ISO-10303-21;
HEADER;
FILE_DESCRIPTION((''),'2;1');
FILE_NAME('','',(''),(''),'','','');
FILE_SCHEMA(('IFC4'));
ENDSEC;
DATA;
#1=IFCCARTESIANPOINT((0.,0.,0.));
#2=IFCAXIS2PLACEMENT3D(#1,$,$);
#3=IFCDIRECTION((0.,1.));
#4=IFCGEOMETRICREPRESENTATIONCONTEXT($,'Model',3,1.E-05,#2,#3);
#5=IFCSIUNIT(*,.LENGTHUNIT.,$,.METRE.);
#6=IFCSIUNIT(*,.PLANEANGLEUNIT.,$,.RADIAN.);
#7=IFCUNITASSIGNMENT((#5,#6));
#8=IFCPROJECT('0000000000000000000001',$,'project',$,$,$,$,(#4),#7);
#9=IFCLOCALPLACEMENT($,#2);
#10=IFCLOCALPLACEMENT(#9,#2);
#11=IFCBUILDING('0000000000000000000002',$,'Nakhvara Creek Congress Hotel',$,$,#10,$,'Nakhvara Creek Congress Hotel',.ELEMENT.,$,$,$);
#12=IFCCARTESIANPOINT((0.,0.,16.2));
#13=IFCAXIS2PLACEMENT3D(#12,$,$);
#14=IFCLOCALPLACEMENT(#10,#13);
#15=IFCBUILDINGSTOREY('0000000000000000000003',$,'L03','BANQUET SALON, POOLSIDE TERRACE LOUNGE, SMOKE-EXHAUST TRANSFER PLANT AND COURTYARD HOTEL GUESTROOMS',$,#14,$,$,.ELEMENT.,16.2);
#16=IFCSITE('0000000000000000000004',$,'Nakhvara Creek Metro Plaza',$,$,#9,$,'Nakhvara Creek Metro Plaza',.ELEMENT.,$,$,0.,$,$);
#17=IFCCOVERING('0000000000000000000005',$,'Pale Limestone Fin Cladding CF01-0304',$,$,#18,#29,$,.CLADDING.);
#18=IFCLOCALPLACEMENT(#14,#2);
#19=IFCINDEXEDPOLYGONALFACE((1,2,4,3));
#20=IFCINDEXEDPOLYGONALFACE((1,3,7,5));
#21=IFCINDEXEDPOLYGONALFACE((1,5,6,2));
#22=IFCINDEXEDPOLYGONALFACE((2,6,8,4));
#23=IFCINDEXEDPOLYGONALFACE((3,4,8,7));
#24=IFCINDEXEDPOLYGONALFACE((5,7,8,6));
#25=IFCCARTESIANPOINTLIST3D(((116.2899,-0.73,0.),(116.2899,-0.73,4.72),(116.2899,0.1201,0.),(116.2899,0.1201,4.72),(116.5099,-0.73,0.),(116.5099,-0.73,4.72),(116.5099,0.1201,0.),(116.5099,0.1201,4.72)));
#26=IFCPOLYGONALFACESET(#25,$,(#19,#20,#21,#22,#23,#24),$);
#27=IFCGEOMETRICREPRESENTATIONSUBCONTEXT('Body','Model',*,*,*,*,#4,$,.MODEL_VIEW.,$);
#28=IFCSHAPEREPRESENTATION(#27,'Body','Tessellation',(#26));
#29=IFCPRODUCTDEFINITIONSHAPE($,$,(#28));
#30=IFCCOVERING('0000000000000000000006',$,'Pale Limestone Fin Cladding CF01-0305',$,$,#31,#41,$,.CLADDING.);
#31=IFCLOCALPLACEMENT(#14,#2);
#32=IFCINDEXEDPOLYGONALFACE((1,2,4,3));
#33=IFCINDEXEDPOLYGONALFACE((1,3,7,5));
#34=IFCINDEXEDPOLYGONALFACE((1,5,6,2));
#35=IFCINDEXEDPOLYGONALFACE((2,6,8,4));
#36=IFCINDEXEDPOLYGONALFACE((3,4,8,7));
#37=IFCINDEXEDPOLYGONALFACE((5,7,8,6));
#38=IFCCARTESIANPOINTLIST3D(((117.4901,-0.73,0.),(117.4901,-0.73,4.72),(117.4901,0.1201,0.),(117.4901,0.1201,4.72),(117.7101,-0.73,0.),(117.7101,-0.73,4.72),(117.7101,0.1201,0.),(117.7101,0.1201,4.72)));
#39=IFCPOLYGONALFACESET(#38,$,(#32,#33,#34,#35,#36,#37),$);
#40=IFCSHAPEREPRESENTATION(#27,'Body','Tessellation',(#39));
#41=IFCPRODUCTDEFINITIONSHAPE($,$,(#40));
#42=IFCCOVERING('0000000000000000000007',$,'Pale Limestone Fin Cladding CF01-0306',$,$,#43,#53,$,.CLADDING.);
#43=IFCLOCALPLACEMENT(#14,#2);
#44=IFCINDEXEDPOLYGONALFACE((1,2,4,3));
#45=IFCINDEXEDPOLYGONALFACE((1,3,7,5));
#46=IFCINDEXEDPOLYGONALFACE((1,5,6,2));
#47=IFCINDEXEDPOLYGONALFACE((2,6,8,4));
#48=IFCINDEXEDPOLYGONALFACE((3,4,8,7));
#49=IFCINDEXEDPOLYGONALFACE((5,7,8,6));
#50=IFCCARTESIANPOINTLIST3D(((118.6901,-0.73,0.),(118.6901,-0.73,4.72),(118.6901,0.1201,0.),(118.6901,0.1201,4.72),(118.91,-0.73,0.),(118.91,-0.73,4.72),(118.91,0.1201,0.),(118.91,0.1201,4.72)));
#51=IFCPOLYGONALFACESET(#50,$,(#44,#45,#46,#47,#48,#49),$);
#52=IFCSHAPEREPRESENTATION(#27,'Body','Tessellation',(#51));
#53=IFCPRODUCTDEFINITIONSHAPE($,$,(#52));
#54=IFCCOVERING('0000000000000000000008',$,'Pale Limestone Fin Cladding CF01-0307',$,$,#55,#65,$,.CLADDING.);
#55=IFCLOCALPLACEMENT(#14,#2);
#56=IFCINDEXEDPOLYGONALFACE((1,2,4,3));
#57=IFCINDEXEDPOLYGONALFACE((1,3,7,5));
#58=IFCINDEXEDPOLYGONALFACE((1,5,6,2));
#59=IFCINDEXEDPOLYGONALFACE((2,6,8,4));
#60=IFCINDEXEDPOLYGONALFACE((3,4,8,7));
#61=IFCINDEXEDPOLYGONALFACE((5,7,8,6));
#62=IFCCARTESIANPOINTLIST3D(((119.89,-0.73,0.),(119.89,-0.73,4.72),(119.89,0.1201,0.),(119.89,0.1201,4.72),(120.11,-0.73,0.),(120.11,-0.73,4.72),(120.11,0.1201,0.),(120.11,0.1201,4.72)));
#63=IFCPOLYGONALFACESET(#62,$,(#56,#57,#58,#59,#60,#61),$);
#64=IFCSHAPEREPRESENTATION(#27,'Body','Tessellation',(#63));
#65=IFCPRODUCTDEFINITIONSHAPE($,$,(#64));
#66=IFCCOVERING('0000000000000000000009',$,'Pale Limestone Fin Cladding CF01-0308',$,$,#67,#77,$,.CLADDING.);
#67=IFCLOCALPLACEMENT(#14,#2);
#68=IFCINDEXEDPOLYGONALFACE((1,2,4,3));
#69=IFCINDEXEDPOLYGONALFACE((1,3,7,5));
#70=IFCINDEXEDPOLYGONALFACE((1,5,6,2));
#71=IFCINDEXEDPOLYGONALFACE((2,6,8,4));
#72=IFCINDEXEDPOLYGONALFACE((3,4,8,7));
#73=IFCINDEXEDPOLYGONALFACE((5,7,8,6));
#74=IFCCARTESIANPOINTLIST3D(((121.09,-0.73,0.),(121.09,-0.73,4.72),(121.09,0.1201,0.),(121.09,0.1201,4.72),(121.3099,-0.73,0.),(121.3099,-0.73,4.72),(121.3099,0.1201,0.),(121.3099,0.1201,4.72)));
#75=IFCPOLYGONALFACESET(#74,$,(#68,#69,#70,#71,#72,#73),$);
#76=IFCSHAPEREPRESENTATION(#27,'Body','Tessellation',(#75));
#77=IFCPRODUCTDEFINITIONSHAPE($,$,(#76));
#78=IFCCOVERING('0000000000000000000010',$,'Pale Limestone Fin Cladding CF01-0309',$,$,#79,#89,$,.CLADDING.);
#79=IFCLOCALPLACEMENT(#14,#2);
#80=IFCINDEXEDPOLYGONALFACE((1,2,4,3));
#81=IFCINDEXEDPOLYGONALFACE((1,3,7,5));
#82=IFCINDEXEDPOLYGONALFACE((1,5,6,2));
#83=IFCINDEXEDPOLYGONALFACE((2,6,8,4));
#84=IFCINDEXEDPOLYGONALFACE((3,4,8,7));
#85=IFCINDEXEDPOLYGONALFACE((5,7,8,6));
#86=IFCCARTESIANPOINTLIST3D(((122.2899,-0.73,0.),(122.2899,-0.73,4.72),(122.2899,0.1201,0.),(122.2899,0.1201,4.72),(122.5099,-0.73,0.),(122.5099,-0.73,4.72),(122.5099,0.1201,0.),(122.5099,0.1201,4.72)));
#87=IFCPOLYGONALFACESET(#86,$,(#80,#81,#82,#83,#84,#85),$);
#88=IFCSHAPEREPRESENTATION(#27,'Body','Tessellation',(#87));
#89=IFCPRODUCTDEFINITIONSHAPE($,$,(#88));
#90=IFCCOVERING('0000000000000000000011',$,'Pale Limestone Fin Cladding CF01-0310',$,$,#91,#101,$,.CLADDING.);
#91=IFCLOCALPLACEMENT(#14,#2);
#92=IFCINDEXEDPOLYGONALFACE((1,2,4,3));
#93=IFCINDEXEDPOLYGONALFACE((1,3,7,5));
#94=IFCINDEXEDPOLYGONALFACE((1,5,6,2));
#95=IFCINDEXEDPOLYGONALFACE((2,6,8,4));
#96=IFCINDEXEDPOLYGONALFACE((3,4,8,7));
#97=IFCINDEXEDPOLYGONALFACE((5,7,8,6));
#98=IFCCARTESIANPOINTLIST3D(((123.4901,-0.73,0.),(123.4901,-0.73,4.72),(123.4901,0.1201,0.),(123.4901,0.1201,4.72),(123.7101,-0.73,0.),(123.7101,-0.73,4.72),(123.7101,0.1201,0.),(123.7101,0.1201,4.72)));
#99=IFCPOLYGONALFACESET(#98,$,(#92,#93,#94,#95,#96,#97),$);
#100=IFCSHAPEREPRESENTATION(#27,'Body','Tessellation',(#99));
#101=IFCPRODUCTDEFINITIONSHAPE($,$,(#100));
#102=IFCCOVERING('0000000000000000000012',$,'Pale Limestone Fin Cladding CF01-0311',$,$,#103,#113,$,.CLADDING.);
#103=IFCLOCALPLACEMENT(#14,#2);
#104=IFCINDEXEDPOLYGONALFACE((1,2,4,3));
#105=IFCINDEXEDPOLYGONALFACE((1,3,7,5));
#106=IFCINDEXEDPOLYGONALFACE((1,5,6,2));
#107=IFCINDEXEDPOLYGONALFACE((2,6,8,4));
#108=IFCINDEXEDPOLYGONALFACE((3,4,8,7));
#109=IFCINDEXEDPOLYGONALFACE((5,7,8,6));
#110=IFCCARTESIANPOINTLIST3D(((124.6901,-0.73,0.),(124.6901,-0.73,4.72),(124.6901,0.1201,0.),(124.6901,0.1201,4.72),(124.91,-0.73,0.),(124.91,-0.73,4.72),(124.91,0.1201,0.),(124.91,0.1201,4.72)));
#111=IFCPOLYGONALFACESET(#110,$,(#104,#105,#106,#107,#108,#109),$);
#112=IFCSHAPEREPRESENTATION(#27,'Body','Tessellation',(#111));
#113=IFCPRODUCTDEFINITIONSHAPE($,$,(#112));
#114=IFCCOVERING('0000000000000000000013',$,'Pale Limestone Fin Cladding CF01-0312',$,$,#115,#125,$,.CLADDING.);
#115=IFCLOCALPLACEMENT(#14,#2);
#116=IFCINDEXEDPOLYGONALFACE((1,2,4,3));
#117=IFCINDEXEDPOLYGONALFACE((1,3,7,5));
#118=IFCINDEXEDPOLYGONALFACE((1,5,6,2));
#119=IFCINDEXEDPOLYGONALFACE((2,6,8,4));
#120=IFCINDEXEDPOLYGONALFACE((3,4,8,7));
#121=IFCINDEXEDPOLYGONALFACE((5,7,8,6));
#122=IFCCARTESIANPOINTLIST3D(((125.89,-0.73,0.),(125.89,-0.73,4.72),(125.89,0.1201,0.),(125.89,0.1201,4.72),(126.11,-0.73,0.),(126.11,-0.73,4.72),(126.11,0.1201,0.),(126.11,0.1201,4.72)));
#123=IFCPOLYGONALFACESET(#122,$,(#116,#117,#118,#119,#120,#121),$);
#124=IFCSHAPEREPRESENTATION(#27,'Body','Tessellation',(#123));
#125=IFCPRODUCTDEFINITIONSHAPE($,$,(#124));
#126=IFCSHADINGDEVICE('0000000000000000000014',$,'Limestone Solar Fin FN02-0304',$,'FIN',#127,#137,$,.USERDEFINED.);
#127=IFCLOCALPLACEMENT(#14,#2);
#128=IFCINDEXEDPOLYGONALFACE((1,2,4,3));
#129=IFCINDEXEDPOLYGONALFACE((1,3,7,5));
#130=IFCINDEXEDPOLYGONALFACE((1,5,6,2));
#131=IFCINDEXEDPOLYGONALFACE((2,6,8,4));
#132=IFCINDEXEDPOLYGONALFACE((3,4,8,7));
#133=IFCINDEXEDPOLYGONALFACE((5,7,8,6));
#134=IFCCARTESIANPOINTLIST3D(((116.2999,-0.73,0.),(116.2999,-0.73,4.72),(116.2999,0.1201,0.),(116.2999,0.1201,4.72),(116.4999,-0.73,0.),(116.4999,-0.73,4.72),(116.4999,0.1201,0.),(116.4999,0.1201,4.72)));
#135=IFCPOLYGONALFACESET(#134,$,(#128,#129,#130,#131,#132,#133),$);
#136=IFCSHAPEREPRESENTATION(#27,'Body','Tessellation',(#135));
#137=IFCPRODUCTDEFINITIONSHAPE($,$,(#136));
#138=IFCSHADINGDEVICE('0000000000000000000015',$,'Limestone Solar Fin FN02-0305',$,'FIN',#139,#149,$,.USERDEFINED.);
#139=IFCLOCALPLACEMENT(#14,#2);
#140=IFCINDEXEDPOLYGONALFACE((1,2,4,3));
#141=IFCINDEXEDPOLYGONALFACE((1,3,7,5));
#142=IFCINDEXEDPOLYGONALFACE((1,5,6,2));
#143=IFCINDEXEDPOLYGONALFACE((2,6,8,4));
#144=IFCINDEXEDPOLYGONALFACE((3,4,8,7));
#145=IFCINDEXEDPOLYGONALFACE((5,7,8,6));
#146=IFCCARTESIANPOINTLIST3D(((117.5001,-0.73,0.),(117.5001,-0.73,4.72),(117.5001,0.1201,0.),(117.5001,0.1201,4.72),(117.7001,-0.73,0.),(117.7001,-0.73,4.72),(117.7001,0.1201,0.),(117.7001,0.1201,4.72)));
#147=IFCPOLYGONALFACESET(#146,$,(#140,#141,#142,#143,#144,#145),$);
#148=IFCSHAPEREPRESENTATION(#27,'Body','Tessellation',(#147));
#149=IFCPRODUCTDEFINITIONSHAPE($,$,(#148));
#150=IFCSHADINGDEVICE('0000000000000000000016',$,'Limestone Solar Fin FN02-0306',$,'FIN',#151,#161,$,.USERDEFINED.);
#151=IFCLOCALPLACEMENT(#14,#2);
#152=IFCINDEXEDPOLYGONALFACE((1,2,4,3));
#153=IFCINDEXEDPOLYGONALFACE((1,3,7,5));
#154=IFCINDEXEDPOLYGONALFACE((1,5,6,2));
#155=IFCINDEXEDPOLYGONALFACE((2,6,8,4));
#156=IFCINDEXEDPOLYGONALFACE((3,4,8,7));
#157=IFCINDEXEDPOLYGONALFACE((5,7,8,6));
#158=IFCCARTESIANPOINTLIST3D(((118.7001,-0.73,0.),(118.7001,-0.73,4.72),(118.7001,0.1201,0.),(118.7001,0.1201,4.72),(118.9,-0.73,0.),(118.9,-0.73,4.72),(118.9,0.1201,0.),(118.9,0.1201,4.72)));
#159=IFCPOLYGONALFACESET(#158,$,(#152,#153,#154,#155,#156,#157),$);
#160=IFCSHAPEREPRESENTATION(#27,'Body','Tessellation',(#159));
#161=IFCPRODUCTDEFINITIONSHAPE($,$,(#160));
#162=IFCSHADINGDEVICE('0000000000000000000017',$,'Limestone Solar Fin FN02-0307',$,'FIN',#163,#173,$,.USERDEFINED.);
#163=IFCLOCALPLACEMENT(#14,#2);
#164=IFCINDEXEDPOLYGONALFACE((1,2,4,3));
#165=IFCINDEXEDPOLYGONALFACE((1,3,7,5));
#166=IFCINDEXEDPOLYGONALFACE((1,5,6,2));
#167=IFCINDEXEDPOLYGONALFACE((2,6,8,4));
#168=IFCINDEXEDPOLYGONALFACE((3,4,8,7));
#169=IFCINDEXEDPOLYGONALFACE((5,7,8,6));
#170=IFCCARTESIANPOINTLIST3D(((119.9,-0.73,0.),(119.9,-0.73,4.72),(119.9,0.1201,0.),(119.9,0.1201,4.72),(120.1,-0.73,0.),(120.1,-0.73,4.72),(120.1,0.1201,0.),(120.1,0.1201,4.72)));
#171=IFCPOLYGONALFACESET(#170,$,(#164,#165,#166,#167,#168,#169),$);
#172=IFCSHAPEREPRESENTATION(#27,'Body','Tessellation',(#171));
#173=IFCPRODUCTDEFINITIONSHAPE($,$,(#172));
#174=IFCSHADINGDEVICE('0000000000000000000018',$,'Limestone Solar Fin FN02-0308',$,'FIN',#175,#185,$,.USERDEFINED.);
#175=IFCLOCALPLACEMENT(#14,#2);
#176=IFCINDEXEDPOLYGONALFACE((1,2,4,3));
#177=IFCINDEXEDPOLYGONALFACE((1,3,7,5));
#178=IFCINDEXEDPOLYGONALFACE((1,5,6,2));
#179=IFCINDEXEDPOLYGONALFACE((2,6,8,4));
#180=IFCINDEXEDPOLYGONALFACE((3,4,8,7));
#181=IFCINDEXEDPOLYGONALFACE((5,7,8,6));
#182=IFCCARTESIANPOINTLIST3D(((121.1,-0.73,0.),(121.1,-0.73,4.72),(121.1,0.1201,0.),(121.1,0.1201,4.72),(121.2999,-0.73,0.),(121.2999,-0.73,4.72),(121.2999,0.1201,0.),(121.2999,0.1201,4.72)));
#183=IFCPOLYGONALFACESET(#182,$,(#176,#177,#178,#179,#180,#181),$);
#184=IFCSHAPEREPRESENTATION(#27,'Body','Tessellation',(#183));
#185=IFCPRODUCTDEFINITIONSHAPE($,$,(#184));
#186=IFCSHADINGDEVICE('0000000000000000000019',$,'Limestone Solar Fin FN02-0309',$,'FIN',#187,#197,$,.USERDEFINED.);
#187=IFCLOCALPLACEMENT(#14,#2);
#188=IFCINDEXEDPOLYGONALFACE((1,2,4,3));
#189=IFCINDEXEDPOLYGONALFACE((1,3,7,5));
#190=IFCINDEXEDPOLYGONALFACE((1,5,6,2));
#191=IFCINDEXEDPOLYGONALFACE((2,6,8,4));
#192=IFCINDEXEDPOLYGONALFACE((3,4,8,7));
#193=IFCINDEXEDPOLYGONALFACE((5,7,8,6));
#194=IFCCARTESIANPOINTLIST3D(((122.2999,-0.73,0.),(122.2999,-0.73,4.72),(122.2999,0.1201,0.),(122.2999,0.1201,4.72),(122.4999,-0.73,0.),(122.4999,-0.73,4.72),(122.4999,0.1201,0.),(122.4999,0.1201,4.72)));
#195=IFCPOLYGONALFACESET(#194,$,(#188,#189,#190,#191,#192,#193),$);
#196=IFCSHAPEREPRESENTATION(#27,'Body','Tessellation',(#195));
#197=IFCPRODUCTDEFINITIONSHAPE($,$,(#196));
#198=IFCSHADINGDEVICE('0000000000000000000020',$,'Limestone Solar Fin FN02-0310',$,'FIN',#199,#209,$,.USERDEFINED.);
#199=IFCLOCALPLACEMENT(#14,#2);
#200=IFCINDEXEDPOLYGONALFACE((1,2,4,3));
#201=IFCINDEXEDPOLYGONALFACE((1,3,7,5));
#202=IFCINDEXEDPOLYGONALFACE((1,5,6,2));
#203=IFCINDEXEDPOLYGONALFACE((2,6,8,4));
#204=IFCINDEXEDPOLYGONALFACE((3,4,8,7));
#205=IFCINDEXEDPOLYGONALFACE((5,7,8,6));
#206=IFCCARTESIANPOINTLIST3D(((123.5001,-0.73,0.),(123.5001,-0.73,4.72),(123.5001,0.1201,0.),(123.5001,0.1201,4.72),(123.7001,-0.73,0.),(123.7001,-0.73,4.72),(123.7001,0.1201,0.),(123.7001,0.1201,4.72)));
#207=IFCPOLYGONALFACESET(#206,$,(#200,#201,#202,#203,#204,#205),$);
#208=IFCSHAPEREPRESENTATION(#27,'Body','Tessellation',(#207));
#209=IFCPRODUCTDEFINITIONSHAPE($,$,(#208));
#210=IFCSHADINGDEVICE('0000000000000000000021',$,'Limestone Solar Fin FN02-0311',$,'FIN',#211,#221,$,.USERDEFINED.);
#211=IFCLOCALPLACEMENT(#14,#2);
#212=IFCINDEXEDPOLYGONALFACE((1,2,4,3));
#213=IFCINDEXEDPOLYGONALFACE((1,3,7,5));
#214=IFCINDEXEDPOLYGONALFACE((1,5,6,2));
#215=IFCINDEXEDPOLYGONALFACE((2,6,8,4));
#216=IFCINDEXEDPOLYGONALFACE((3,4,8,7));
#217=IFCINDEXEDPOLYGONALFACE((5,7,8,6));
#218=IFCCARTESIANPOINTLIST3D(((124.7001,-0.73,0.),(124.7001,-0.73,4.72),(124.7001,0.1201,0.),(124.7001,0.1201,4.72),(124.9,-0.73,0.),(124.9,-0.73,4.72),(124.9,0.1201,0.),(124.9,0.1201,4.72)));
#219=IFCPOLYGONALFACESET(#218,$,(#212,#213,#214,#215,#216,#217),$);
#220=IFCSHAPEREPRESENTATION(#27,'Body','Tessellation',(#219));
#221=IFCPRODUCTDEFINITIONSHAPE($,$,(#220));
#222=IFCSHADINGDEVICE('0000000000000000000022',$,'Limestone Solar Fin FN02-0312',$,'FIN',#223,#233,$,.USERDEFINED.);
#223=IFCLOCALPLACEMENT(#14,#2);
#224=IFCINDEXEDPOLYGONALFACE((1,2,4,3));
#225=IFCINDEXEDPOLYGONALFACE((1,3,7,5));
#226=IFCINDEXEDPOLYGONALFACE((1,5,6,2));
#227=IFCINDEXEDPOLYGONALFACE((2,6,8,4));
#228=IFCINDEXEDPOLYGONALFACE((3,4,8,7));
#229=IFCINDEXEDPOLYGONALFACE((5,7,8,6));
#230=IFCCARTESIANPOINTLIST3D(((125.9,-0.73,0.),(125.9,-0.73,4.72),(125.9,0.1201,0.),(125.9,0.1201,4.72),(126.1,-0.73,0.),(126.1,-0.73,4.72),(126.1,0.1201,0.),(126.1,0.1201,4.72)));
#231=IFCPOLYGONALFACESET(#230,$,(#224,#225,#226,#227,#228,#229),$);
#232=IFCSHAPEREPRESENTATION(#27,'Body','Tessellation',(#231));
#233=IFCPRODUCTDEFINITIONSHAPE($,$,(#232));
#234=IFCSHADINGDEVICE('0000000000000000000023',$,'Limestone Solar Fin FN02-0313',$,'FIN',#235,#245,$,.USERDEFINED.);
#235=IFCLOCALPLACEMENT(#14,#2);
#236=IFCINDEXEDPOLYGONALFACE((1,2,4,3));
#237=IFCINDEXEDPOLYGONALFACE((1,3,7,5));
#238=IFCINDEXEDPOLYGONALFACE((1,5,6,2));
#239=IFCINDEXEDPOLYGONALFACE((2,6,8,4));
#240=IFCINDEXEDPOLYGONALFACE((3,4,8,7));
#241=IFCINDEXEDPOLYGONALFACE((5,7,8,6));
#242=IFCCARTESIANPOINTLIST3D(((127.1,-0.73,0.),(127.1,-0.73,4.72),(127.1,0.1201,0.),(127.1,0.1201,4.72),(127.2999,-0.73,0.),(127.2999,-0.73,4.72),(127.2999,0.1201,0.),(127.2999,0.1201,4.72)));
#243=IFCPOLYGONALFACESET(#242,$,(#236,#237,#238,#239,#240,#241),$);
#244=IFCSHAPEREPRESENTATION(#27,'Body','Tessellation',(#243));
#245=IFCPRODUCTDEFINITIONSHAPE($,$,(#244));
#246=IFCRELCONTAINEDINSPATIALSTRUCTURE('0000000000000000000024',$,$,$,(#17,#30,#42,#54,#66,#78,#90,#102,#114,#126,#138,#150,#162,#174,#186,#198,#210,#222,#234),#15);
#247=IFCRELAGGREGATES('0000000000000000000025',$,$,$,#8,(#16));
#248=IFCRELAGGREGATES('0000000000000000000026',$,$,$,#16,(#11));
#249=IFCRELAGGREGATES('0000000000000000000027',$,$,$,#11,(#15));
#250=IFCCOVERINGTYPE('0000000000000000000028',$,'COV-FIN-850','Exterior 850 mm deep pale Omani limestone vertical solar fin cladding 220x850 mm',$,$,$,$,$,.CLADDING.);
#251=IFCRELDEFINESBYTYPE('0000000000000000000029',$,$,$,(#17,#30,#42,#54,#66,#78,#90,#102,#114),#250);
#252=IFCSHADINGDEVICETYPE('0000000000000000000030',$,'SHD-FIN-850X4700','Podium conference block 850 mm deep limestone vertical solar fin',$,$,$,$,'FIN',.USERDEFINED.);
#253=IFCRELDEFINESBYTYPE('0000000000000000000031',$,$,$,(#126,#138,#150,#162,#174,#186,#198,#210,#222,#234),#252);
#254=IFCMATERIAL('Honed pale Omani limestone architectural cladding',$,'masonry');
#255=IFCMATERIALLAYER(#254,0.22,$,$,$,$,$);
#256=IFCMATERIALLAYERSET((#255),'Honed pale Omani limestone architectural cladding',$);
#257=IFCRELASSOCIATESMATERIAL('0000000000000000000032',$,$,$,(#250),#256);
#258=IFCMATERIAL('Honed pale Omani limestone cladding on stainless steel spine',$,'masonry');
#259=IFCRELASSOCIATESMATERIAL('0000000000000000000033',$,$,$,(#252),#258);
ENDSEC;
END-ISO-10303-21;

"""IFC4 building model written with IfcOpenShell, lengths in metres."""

from ifc_helpers import new_model, si_unit, direction, frame, origin, origin_2d, place, context, subcontext, project, spatial, rectangle, extrude, material, layer, layer_set, type_object, element, save


model = new_model("IFC4")

# Units and contexts
model_context = context("Model", 3, precision=1e-05, world=origin(), true_north=direction((0.0, 1.0)))
body_context = subcontext(model_context, "Body", "Model", "MODEL_VIEW")
ifc_project = project(units=[si_unit("LENGTHUNIT", "METRE"), si_unit("PLANEANGLEUNIT", "RADIAN")], contexts=[model_context])

# Site, building, storey
site_placement = place(None, origin())
site = spatial("IfcSite", under=ifc_project, at=site_placement, Name="Nakhvara Creek Metro Plaza", LongName="Nakhvara Creek Metro Plaza", CompositionType="ELEMENT", RefElevation=0.0)
building_placement = place(site_placement, origin())
building = spatial("IfcBuilding", under=site, at=building_placement, Name="Nakhvara Creek Congress Hotel", LongName="Nakhvara Creek Congress Hotel", CompositionType="ELEMENT")
storey_placement = place(building_placement, frame((0.0, 0.0, 16.2)))
storey = spatial("IfcBuildingStorey", under=building, at=storey_placement, Name="L03", Description="BANQUET SALON, POOLSIDE TERRACE LOUNGE, SMOKE-EXHAUST TRANSFER PLANT AND COURTYARD HOTEL GUESTROOMS", CompositionType="ELEMENT", Elevation=16.2)

# Coverings
ifc_material_1 = material(Name="Honed pale Omani limestone architectural cladding", Category="masonry")
ifc_layer = layer(ifc_material_1, 0.22)
ifc_layer_set = layer_set([ifc_layer], Name="Honed pale Omani limestone architectural cladding")
covering_type = type_object("IfcCoveringType", Name="COV-FIN-850", Description="Exterior 850 mm deep pale Omani limestone vertical solar fin cladding 220x850 mm", PredefinedType="CLADDING", material=ifc_layer_set)
for number, where, z_axis, x_axis, name in (
    (1, (116.3999, -0.3049, 0.0), (0.0, 0.0, 1.0), (1.0, 0.0, 0.0), "Pale Limestone Fin Cladding CF01-0304"),
    (2, (117.6001, -0.3049, 0.0), (0.0, 0.0, 1.0), (1.0, 0.0, 0.0), "Pale Limestone Fin Cladding CF01-0305"),
    (3, (118.8, -0.3049, 0.0), (0.0, 0.0, 1.0), (1.0, 0.0, 0.0), "Pale Limestone Fin Cladding CF01-0306"),
    (4, (120.0, -0.3049, 0.0), (0.0, 0.0, 1.0), (1.0, 0.0, 0.0), "Pale Limestone Fin Cladding CF01-0307"),
    (5, (121.2, -0.3049, 0.0), (0.0, 0.0, 1.0), (1.0, 0.0, 0.0), "Pale Limestone Fin Cladding CF01-0308"),
    (6, (122.3999, -0.3049, 0.0), (0.0, 0.0, 1.0), (1.0, 0.0, 0.0), "Pale Limestone Fin Cladding CF01-0309"),
    (7, (123.6001, -0.3049, 0.0), (0.0, 0.0, 1.0), (1.0, 0.0, 0.0), "Pale Limestone Fin Cladding CF01-0310"),
    (8, (124.8, -0.3049, 0.0), (0.0, 0.0, 1.0), (1.0, 0.0, 0.0), "Pale Limestone Fin Cladding CF01-0311"),
    (9, (126.0, -0.3049, 0.0), (0.0, 0.0, 1.0), (1.0, 0.0, 0.0), "Pale Limestone Fin Cladding CF01-0312"),
):
    element("IfcCovering", number, at=place(storey_placement, frame(where, z_axis=z_axis, x_axis=x_axis)), inside=storey, type_object=covering_type, Name=name, PredefinedType="CLADDING", context=body_context, shape_type="SweptSolid", body=[
        extrude(rectangle(XDim=0.22, YDim=0.8501, at=origin_2d()), origin(), (0.0, 0.0, 1.0), 4.72),
    ])

# Shading devices
ifc_material_2 = material(Name="Honed pale Omani limestone cladding on stainless steel spine", Category="masonry")
shading_device_type = type_object("IfcShadingDeviceType", Name="SHD-FIN-850X4700", Description="Podium conference block 850 mm deep limestone vertical solar fin", ElementType="FIN", PredefinedType="USERDEFINED", material=ifc_material_2)
for number, where, z_axis, x_axis, name in (
    (10, (116.3999, -0.3049, 0.0), (0.0, 0.0, 1.0), (1.0, 0.0, 0.0), "Limestone Solar Fin FN02-0304"),
    (11, (117.6001, -0.3049, 0.0), (0.0, 0.0, 1.0), (1.0, 0.0, 0.0), "Limestone Solar Fin FN02-0305"),
    (12, (118.8, -0.3049, 0.0), (0.0, 0.0, 1.0), (1.0, 0.0, 0.0), "Limestone Solar Fin FN02-0306"),
    (13, (120.0, -0.3049, 0.0), (0.0, 0.0, 1.0), (1.0, 0.0, 0.0), "Limestone Solar Fin FN02-0307"),
    (14, (121.2, -0.3049, 0.0), (0.0, 0.0, 1.0), (1.0, 0.0, 0.0), "Limestone Solar Fin FN02-0308"),
    (15, (122.3999, -0.3049, 0.0), (0.0, 0.0, 1.0), (1.0, 0.0, 0.0), "Limestone Solar Fin FN02-0309"),
    (16, (123.6001, -0.3049, 0.0), (0.0, 0.0, 1.0), (1.0, 0.0, 0.0), "Limestone Solar Fin FN02-0310"),
    (17, (124.8, -0.3049, 0.0), (0.0, 0.0, 1.0), (1.0, 0.0, 0.0), "Limestone Solar Fin FN02-0311"),
    (18, (126.0, -0.3049, 0.0), (0.0, 0.0, 1.0), (1.0, 0.0, 0.0), "Limestone Solar Fin FN02-0312"),
    (19, (127.2, -0.3049, 0.0), (0.0, 0.0, 1.0), (1.0, 0.0, 0.0), "Limestone Solar Fin FN02-0313"),
):
    element("IfcShadingDevice", number, at=place(storey_placement, frame(where, z_axis=z_axis, x_axis=x_axis)), inside=storey, type_object=shading_device_type, Name=name, ObjectType="FIN", PredefinedType="USERDEFINED", context=body_context, shape_type="SweptSolid", body=[
        extrude(rectangle(XDim=0.2, YDim=0.8501, at=origin_2d()), origin(), (0.0, 0.0, 1.0), 4.72),
    ])

save(model, "model.ifc")
